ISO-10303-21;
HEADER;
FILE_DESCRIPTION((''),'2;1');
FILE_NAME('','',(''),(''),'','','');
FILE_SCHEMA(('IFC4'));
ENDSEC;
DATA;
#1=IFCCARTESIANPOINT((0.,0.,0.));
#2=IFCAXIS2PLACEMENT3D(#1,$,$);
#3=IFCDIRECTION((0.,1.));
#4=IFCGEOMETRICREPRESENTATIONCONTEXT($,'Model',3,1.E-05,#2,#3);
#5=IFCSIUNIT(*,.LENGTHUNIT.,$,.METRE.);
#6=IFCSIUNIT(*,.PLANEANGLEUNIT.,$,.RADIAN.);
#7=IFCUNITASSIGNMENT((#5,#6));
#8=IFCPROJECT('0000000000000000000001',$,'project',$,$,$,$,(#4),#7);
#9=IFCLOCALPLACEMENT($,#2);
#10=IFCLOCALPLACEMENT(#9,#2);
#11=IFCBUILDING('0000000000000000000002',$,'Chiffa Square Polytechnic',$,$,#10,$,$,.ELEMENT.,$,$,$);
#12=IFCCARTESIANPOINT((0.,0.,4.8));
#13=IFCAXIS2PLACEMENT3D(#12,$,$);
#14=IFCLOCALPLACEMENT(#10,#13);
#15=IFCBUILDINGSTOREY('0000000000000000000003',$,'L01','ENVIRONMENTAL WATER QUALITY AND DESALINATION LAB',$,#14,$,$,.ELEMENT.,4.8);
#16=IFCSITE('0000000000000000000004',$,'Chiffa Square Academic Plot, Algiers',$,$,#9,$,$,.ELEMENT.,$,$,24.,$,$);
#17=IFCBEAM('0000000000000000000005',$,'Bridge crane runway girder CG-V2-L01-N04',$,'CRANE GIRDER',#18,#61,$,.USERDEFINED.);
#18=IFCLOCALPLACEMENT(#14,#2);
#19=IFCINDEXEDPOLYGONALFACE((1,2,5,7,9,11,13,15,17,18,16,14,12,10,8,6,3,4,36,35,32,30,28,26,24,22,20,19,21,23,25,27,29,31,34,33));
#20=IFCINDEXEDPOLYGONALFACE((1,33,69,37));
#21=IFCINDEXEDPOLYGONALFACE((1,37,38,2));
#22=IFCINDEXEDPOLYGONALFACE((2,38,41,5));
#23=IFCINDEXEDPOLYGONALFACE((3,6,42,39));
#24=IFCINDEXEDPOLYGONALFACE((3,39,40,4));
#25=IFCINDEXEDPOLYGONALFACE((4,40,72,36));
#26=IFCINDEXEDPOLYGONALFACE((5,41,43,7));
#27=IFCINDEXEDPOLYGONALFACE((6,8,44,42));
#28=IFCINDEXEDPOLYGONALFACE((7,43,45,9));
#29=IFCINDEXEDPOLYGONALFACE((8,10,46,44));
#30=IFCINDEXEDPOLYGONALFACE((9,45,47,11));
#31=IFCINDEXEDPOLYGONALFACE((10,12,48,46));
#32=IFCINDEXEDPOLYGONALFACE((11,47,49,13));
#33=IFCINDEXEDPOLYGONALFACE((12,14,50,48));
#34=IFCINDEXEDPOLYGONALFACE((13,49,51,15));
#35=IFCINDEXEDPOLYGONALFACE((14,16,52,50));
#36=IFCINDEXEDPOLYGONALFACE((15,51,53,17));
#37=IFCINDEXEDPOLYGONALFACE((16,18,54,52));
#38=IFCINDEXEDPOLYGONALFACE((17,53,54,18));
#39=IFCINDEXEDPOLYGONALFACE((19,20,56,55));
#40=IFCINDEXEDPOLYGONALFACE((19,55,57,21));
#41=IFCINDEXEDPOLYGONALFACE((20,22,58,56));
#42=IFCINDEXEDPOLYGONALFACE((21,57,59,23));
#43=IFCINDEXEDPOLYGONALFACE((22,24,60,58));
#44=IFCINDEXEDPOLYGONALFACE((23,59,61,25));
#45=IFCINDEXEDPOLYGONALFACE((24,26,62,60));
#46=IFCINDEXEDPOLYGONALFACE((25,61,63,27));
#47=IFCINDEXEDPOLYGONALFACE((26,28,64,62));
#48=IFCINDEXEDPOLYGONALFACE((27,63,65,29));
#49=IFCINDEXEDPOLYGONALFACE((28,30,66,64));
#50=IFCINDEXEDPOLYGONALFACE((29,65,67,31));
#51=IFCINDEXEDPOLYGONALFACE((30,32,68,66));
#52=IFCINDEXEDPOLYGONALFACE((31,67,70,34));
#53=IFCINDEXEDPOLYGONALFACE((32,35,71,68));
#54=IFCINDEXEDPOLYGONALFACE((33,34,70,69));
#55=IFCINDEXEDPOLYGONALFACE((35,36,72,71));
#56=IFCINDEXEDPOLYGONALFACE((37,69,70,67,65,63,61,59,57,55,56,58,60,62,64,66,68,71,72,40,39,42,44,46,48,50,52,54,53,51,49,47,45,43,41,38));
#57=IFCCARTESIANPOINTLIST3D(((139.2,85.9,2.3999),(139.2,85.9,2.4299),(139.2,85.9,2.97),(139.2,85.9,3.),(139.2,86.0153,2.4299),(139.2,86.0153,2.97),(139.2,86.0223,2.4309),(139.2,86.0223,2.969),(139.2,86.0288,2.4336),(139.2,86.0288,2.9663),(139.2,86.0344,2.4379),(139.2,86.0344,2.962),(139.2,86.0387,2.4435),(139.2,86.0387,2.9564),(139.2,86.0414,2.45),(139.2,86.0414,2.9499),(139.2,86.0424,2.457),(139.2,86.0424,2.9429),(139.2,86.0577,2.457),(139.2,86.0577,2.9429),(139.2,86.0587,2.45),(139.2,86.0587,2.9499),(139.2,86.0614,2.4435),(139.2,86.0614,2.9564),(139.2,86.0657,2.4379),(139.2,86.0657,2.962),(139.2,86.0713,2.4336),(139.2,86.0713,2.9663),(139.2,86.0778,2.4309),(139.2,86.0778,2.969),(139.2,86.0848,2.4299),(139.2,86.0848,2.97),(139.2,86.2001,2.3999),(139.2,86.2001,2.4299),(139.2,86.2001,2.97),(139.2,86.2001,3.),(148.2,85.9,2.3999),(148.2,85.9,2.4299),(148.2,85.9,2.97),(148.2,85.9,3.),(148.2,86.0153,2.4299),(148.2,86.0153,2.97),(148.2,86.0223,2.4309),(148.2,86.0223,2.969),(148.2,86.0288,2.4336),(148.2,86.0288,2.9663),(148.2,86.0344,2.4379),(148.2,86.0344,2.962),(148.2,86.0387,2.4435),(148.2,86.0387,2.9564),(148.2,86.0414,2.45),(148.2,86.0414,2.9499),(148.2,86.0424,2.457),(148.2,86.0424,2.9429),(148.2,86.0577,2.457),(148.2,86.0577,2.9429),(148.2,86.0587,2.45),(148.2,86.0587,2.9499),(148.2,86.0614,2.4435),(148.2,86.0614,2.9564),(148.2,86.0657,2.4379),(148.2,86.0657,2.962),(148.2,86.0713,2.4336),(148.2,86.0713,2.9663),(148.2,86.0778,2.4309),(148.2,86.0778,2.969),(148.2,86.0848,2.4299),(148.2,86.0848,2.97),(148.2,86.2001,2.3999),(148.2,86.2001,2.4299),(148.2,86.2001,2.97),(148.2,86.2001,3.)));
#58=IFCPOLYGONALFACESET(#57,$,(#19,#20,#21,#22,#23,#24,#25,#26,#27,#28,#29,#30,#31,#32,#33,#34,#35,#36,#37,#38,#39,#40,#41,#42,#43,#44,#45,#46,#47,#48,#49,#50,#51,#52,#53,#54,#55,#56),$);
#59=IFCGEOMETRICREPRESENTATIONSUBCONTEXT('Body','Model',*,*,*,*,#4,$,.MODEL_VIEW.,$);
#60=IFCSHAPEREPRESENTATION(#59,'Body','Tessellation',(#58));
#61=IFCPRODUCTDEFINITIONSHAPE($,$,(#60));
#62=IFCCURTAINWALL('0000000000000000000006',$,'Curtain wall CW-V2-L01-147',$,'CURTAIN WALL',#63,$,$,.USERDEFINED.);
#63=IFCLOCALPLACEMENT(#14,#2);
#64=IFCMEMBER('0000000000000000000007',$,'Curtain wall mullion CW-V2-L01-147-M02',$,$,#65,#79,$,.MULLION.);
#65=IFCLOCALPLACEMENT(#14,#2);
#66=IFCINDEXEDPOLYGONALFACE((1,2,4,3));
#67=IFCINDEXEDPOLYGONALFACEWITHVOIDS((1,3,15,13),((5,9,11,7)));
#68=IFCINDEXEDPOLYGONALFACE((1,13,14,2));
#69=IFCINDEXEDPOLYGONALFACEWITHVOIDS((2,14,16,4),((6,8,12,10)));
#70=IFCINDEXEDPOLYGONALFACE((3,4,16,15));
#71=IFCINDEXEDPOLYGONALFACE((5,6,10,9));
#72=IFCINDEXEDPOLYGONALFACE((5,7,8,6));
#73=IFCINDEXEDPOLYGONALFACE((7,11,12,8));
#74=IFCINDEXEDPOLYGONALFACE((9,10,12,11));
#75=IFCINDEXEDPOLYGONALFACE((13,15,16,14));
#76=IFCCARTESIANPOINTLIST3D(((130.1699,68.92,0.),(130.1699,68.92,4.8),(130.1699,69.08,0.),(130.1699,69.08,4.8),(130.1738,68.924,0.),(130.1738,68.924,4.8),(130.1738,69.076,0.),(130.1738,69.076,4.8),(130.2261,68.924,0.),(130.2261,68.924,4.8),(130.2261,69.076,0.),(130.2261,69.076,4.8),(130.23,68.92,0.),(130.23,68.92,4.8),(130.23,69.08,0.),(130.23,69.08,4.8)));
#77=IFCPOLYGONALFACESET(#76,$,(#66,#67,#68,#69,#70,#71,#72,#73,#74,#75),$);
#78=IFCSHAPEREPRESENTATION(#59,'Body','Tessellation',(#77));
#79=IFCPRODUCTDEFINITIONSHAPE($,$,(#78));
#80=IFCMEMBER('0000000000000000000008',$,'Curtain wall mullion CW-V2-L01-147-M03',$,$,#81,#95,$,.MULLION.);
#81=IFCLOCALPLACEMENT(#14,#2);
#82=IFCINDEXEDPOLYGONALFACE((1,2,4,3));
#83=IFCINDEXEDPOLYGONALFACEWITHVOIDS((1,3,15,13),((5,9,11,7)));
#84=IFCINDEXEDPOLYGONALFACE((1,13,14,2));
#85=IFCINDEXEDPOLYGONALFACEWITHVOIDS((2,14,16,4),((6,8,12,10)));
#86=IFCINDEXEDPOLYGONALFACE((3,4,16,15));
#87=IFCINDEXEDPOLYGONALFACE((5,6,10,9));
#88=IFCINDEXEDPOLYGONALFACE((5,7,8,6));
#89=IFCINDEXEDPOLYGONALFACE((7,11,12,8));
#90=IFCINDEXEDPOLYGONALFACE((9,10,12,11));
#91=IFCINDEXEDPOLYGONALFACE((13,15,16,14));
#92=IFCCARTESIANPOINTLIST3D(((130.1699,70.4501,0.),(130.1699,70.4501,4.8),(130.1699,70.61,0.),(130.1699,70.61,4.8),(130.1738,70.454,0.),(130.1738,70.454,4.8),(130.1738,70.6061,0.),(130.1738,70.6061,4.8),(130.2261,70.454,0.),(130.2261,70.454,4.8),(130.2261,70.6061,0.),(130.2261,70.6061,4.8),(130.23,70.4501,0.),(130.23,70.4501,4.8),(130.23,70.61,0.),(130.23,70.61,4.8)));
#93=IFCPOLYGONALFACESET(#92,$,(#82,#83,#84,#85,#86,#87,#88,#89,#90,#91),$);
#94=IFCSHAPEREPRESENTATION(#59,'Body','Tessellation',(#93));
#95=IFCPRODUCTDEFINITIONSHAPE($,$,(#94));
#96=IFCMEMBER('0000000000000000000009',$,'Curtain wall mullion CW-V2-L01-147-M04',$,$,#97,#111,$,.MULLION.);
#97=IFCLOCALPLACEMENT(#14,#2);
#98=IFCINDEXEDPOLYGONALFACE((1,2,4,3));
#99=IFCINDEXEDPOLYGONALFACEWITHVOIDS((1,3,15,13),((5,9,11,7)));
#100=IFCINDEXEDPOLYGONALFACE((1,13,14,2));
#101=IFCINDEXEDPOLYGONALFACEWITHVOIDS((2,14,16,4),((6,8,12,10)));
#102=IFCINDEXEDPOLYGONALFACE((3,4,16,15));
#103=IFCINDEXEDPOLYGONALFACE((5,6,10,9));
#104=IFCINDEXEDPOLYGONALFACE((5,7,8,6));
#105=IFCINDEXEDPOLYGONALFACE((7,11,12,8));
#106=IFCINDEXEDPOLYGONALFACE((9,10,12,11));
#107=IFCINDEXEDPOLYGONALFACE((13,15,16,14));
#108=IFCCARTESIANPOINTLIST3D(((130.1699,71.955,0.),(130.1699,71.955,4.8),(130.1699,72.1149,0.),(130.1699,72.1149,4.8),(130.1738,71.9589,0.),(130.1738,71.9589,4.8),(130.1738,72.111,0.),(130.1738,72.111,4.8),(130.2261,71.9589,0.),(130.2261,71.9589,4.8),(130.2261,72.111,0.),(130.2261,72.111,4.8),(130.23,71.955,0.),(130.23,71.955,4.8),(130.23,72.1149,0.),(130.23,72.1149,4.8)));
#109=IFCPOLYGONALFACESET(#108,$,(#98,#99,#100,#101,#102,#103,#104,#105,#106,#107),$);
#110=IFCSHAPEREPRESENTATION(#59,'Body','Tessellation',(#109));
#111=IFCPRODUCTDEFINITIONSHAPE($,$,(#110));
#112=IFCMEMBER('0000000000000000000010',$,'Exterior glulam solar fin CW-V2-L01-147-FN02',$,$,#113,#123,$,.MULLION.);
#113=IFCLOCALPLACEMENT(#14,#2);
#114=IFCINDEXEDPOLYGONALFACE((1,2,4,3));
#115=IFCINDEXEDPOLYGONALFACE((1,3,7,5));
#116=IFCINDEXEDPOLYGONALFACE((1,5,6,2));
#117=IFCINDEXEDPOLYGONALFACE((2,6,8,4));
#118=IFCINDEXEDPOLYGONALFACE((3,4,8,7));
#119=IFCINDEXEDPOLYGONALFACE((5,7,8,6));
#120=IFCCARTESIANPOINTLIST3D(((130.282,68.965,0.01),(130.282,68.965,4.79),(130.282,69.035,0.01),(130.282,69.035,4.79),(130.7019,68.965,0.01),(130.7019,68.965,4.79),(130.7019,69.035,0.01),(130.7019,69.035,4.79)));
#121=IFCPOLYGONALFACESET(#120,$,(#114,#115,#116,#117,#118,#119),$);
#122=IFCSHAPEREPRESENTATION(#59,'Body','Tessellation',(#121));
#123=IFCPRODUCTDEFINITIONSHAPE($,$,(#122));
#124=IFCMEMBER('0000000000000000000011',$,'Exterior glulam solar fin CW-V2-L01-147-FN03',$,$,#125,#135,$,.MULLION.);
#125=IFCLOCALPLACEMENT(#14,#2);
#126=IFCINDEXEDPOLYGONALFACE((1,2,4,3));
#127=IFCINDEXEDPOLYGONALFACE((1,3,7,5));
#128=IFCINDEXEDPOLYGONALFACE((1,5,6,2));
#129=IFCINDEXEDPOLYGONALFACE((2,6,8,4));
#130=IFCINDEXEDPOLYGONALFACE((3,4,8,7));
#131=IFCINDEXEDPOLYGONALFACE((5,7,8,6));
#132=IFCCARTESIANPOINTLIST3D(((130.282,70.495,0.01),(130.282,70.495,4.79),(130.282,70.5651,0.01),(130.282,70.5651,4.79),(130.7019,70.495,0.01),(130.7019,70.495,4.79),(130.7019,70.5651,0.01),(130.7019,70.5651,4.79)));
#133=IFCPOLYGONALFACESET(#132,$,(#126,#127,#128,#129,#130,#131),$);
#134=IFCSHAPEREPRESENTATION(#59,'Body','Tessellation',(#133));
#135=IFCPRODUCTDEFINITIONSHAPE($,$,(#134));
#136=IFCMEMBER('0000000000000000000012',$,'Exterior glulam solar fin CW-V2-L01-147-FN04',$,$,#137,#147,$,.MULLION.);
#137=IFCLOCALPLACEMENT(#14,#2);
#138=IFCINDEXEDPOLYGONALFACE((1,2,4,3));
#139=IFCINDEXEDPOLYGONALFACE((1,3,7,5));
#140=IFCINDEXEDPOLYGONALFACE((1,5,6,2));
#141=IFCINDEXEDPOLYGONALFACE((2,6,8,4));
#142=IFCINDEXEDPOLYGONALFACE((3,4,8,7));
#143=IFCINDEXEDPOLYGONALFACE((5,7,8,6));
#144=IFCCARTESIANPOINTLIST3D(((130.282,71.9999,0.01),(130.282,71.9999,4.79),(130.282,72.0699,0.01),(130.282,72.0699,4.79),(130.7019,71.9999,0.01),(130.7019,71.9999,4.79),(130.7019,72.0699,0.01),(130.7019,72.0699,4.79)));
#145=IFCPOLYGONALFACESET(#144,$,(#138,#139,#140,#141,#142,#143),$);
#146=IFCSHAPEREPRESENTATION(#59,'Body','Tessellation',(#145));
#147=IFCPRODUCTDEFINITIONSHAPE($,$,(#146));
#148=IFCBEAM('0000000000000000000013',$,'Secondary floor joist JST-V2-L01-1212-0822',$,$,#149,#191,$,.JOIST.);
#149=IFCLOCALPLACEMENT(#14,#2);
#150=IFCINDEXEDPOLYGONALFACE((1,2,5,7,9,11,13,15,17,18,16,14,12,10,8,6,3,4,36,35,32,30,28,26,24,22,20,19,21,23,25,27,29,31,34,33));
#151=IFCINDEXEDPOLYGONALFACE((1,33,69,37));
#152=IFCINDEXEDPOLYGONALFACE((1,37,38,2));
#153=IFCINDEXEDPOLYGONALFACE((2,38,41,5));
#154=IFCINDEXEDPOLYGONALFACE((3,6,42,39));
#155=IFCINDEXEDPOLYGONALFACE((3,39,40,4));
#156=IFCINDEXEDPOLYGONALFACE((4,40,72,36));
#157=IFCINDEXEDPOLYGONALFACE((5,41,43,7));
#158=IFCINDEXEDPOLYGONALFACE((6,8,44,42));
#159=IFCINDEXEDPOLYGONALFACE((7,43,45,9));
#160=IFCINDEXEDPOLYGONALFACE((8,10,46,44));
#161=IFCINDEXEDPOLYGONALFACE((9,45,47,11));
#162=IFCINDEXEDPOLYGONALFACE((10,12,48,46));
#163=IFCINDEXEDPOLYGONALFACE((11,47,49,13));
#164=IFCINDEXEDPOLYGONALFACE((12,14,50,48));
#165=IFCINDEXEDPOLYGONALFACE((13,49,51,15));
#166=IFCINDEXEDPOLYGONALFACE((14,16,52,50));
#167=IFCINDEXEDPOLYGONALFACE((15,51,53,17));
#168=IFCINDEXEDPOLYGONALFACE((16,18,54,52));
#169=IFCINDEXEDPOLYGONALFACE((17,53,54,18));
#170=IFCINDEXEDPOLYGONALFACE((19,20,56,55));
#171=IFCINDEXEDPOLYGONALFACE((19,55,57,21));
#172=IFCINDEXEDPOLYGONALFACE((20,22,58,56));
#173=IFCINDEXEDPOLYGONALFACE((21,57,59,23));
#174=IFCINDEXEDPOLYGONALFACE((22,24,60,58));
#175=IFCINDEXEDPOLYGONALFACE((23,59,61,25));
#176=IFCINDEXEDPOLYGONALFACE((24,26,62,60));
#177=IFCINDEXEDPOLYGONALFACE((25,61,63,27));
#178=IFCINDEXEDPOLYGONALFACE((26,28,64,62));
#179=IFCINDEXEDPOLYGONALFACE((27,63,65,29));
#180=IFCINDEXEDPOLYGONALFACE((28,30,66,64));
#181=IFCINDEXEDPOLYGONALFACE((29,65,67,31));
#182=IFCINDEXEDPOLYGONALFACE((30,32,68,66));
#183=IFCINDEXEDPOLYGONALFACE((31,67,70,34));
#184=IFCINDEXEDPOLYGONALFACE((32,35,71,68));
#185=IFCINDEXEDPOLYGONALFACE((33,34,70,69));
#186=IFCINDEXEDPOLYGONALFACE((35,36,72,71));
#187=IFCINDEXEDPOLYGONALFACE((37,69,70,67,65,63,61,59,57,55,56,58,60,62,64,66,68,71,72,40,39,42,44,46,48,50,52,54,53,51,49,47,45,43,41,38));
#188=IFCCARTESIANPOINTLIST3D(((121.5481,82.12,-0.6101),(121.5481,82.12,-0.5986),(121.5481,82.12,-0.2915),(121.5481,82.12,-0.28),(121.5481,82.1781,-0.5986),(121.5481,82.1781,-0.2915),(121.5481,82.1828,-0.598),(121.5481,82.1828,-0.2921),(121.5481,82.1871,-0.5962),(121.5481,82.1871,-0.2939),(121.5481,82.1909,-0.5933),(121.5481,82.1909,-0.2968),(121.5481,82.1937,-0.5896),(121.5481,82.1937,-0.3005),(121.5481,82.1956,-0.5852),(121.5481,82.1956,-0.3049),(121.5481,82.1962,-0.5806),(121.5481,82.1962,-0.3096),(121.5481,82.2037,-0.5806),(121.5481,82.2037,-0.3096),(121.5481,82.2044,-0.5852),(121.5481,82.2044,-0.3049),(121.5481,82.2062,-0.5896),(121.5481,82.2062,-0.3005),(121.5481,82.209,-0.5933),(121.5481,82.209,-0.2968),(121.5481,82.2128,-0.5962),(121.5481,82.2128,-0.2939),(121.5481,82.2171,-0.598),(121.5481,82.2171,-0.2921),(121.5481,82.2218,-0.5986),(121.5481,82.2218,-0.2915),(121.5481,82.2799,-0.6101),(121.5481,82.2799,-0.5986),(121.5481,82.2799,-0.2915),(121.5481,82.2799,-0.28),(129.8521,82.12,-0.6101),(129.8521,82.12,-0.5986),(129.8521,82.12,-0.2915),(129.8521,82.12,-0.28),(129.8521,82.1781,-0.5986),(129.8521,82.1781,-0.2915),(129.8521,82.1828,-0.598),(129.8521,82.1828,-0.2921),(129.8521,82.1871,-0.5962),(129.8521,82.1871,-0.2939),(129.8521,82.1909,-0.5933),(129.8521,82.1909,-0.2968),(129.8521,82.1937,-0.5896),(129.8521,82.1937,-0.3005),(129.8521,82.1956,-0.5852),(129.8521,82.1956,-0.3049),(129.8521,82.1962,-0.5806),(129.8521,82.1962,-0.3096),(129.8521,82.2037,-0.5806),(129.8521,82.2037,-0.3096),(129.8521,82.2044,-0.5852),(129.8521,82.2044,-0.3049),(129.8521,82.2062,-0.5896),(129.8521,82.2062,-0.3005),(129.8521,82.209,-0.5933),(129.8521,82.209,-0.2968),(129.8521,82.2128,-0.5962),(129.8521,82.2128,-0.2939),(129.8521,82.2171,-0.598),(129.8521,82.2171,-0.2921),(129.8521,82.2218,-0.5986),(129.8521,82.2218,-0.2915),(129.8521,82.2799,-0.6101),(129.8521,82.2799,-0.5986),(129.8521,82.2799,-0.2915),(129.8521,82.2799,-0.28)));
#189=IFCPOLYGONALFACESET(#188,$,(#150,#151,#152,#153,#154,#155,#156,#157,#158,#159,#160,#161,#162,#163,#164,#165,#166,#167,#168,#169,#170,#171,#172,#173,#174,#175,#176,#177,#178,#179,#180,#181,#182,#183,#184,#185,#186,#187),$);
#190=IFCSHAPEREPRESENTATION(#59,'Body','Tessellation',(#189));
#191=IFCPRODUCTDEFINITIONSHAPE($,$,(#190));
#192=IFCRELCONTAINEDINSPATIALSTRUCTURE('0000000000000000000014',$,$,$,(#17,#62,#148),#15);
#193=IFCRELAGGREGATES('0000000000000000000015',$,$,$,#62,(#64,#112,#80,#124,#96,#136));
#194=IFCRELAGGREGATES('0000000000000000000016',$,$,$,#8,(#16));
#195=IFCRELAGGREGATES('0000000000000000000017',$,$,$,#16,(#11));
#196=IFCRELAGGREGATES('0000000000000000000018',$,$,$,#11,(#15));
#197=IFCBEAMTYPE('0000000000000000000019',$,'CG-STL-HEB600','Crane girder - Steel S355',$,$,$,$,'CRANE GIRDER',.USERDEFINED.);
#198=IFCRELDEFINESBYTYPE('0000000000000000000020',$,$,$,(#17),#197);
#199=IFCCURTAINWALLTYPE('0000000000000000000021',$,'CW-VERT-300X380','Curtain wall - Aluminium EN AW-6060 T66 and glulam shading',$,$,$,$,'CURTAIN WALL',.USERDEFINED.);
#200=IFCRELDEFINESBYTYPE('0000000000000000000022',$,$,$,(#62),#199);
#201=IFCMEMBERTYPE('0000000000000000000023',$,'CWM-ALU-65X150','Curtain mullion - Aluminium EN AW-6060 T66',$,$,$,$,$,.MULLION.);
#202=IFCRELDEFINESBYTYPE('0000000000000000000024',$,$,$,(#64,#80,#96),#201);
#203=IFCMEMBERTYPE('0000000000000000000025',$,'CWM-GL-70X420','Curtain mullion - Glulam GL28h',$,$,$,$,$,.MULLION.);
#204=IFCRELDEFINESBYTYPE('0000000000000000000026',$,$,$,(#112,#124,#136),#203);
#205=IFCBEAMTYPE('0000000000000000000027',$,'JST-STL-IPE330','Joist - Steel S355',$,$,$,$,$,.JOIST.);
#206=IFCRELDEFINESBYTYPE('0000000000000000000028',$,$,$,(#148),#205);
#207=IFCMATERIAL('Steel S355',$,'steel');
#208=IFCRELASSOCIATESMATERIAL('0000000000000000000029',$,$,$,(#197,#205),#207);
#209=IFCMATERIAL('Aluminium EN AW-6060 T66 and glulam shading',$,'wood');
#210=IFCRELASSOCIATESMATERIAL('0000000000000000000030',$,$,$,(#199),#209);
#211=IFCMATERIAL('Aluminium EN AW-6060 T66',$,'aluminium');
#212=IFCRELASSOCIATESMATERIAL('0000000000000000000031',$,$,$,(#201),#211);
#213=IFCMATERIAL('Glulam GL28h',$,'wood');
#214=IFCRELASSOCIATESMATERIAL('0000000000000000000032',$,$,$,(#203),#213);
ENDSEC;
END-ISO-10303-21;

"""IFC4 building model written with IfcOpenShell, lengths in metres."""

from ifc_helpers import new_model, si_unit, direction, frame, origin, origin_2d, place, context, subcontext, project, spatial, rectangle, hollow_rectangle, i_section, extrude, material, material_profile, profile_set, type_object, element, aggregate, save


model = new_model("IFC4")

# Units and contexts
model_context = context("Model", 3, precision=1e-05, world=origin(), true_north=direction((0.0, 1.0)))
body_context = subcontext(model_context, "Body", "Model", "MODEL_VIEW")
ifc_project = project(units=[si_unit("LENGTHUNIT", "METRE"), si_unit("PLANEANGLEUNIT", "RADIAN")], contexts=[model_context])

# Site, building, storey
site_placement = place(None, origin())
site = spatial("IfcSite", under=ifc_project, at=site_placement, Name="Chiffa Square Academic Plot, Algiers", CompositionType="ELEMENT", RefElevation=24.0)
building_placement = place(site_placement, origin())
building = spatial("IfcBuilding", under=site, at=building_placement, Name="Chiffa Square Polytechnic", CompositionType="ELEMENT")
storey_placement = place(building_placement, frame((0.0, 0.0, 4.8)))
storey = spatial("IfcBuildingStorey", under=building, at=storey_placement, Name="L01", Description="ENVIRONMENTAL WATER QUALITY AND DESALINATION LAB", CompositionType="ELEMENT", Elevation=4.8)

# Shared definitions
ifc_material_1 = material(Name="Steel S355", Category="steel")

# Beam
ifc_material_profile_1 = material_profile(ifc_material_1, i_section(OverallWidth=0.3, OverallDepth=0.6001, WebThickness=0.0154, FlangeThickness=0.03, FilletRadius=0.0271, at=origin_2d()), Name="HEB 600")
ifc_profile_set_1 = profile_set([ifc_material_profile_1], Name="Steel S355")
beam_type_1 = type_object("IfcBeamType", Name="CG-STL-HEB600", Description="Crane girder - Steel S355", ElementType="CRANE GIRDER", PredefinedType="USERDEFINED", material=ifc_profile_set_1)
for number, where, z_axis, x_axis, name in (
    (1, (139.2, 86.05, 2.7), (1.0, 0.0, 0.0), (0.0, 1.0, 0.0), "Bridge crane runway girder CG-V2-L01-N04"),
):
    element("IfcBeam", number, at=place(storey_placement, frame(where, z_axis=z_axis, x_axis=x_axis)), inside=storey, type_object=beam_type_1, Name=name, ObjectType="CRANE GIRDER", PredefinedType="USERDEFINED", context=body_context, shape_type="SweptSolid", body=[
        extrude(i_section(OverallWidth=0.3, OverallDepth=0.6001, WebThickness=0.0154, FlangeThickness=0.03, FilletRadius=0.0271, at=origin_2d()), origin(), (0.0, 0.0, 1.0), 9.0),
    ])

# Curtain wall, members
ifc_material_2 = material(Name="Aluminium EN AW-6060 T66 and glulam shading", Category="wood")
curtain_wall_type = type_object("IfcCurtainWallType", Name="CW-VERT-300X380", Description="Curtain wall - Aluminium EN AW-6060 T66 and glulam shading", ElementType="CURTAIN WALL", PredefinedType="USERDEFINED", material=ifc_material_2)
curtain_wall_placement = place(storey_placement, origin())
curtain_wall = element("IfcCurtainWall", 2, at=curtain_wall_placement, inside=storey, type_object=curtain_wall_type, Name="Curtain wall CW-V2-L01-147", ObjectType="CURTAIN WALL", PredefinedType="USERDEFINED")
ifc_material_3 = material(Name="Aluminium EN AW-6060 T66", Category="aluminium")
ifc_material_profile_2 = material_profile(ifc_material_3, hollow_rectangle(XDim=0.0601, YDim=0.1599, WallThickness=0.0039, at=origin_2d()), Name="ALU 60x160x4")
ifc_profile_set_2 = profile_set([ifc_material_profile_2], Name="Aluminium EN AW-6060 T66")
member_type_1 = type_object("IfcMemberType", Name="CWM-ALU-65X150", Description="Curtain mullion - Aluminium EN AW-6060 T66", PredefinedType="MULLION", material=ifc_profile_set_2)
member_1_placement = place(storey_placement, frame((130.2, 69.0, 0.0), z_axis=(0.0, 0.0, 1.0), x_axis=(1.0, 0.0, 0.0)))
member_1 = element("IfcMember", 3, at=member_1_placement, type_object=member_type_1, Name="Curtain wall mullion CW-V2-L01-147-M02", PredefinedType="MULLION", context=body_context, shape_type="SweptSolid", body=[
    extrude(hollow_rectangle(XDim=0.0601, YDim=0.1599, WallThickness=0.0039, at=origin_2d()), origin(), (0.0, 0.0, 1.0), 4.8),
])
member_2_placement = place(storey_placement, frame((130.2, 70.53, 0.0), z_axis=(0.0, 0.0, 1.0), x_axis=(1.0, 0.0, 0.0)))
member_2 = element("IfcMember", 4, at=member_2_placement, type_object=member_type_1, Name="Curtain wall mullion CW-V2-L01-147-M03", PredefinedType="MULLION", context=body_context, shape_type="SweptSolid", body=[
    extrude(hollow_rectangle(XDim=0.0601, YDim=0.1599, WallThickness=0.0039, at=origin_2d()), origin(), (0.0, 0.0, 1.0), 4.8),
])
member_3_placement = place(storey_placement, frame((130.2, 72.0349, 0.0), z_axis=(0.0, 0.0, 1.0), x_axis=(1.0, 0.0, 0.0)))
member_3 = element("IfcMember", 5, at=member_3_placement, type_object=member_type_1, Name="Curtain wall mullion CW-V2-L01-147-M04", PredefinedType="MULLION", context=body_context, shape_type="SweptSolid", body=[
    extrude(hollow_rectangle(XDim=0.0601, YDim=0.1599, WallThickness=0.0039, at=origin_2d()), origin(), (0.0, 0.0, 1.0), 4.8),
])
ifc_material_4 = material(Name="Glulam GL28h", Category="wood")
ifc_material_profile_3 = material_profile(ifc_material_4, rectangle(XDim=0.0701, YDim=0.4199, at=origin_2d()), Name="GL28h 70x420")
ifc_profile_set_3 = profile_set([ifc_material_profile_3], Name="Glulam GL28h")
member_type_2 = type_object("IfcMemberType", Name="CWM-GL-70X420", Description="Curtain mullion - Glulam GL28h", PredefinedType="MULLION", material=ifc_profile_set_3)
member_4_placement = place(storey_placement, frame((130.4919, 69.0, 0.01), z_axis=(0.0, 0.0, 1.0), x_axis=(0.0, 1.0, 0.0)))
member_4 = element("IfcMember", 6, at=member_4_placement, type_object=member_type_2, Name="Exterior glulam solar fin CW-V2-L01-147-FN02", PredefinedType="MULLION", context=body_context, shape_type="SweptSolid", body=[
    extrude(rectangle(XDim=0.0701, YDim=0.4199, at=origin_2d()), origin(), (0.0, 0.0, 1.0), 4.78),
])
member_5_placement = place(storey_placement, frame((130.4919, 70.53, 0.01), z_axis=(0.0, 0.0, 1.0), x_axis=(0.0, 1.0, 0.0)))
member_5 = element("IfcMember", 7, at=member_5_placement, type_object=member_type_2, Name="Exterior glulam solar fin CW-V2-L01-147-FN03", PredefinedType="MULLION", context=body_context, shape_type="SweptSolid", body=[
    extrude(rectangle(XDim=0.0701, YDim=0.4199, at=origin_2d()), origin(), (0.0, 0.0, 1.0), 4.78),
])
member_6_placement = place(storey_placement, frame((130.4919, 72.0349, 0.01), z_axis=(0.0, 0.0, 1.0), x_axis=(0.0, 1.0, 0.0)))
member_6 = element("IfcMember", 8, at=member_6_placement, type_object=member_type_2, Name="Exterior glulam solar fin CW-V2-L01-147-FN04", PredefinedType="MULLION", context=body_context, shape_type="SweptSolid", body=[
    extrude(rectangle(XDim=0.0701, YDim=0.4199, at=origin_2d()), origin(), (0.0, 0.0, 1.0), 4.78),
])

# Beam
ifc_material_profile_4 = material_profile(ifc_material_1, i_section(OverallWidth=0.1599, OverallDepth=0.3301, WebThickness=0.0076, FlangeThickness=0.0115, FilletRadius=0.0181, at=origin_2d()), Name="IPE 330")
ifc_profile_set_4 = profile_set([ifc_material_profile_4], Name="Steel S355")
beam_type_2 = type_object("IfcBeamType", Name="JST-STL-IPE330", Description="Joist - Steel S355", PredefinedType="JOIST", material=ifc_profile_set_4)
for number, where, z_axis, x_axis, name in (
    (9, (121.5481, 82.2, -0.4451), (1.0, 0.0, 0.0), (0.0, 1.0, 0.0), "Secondary floor joist JST-V2-L01-1212-0822"),
):
    element("IfcBeam", number, at=place(storey_placement, frame(where, z_axis=z_axis, x_axis=x_axis)), inside=storey, type_object=beam_type_2, Name=name, PredefinedType="JOIST", context=body_context, shape_type="SweptSolid", body=[
        extrude(i_section(OverallWidth=0.1599, OverallDepth=0.3301, WebThickness=0.0076, FlangeThickness=0.0115, FilletRadius=0.0181, at=origin_2d()), origin(), (0.0, 0.0, 1.0), 8.304),
    ])

aggregate(curtain_wall, [member_1, member_4, member_2, member_5, member_3, member_6])

save(model, "model.ifc")
